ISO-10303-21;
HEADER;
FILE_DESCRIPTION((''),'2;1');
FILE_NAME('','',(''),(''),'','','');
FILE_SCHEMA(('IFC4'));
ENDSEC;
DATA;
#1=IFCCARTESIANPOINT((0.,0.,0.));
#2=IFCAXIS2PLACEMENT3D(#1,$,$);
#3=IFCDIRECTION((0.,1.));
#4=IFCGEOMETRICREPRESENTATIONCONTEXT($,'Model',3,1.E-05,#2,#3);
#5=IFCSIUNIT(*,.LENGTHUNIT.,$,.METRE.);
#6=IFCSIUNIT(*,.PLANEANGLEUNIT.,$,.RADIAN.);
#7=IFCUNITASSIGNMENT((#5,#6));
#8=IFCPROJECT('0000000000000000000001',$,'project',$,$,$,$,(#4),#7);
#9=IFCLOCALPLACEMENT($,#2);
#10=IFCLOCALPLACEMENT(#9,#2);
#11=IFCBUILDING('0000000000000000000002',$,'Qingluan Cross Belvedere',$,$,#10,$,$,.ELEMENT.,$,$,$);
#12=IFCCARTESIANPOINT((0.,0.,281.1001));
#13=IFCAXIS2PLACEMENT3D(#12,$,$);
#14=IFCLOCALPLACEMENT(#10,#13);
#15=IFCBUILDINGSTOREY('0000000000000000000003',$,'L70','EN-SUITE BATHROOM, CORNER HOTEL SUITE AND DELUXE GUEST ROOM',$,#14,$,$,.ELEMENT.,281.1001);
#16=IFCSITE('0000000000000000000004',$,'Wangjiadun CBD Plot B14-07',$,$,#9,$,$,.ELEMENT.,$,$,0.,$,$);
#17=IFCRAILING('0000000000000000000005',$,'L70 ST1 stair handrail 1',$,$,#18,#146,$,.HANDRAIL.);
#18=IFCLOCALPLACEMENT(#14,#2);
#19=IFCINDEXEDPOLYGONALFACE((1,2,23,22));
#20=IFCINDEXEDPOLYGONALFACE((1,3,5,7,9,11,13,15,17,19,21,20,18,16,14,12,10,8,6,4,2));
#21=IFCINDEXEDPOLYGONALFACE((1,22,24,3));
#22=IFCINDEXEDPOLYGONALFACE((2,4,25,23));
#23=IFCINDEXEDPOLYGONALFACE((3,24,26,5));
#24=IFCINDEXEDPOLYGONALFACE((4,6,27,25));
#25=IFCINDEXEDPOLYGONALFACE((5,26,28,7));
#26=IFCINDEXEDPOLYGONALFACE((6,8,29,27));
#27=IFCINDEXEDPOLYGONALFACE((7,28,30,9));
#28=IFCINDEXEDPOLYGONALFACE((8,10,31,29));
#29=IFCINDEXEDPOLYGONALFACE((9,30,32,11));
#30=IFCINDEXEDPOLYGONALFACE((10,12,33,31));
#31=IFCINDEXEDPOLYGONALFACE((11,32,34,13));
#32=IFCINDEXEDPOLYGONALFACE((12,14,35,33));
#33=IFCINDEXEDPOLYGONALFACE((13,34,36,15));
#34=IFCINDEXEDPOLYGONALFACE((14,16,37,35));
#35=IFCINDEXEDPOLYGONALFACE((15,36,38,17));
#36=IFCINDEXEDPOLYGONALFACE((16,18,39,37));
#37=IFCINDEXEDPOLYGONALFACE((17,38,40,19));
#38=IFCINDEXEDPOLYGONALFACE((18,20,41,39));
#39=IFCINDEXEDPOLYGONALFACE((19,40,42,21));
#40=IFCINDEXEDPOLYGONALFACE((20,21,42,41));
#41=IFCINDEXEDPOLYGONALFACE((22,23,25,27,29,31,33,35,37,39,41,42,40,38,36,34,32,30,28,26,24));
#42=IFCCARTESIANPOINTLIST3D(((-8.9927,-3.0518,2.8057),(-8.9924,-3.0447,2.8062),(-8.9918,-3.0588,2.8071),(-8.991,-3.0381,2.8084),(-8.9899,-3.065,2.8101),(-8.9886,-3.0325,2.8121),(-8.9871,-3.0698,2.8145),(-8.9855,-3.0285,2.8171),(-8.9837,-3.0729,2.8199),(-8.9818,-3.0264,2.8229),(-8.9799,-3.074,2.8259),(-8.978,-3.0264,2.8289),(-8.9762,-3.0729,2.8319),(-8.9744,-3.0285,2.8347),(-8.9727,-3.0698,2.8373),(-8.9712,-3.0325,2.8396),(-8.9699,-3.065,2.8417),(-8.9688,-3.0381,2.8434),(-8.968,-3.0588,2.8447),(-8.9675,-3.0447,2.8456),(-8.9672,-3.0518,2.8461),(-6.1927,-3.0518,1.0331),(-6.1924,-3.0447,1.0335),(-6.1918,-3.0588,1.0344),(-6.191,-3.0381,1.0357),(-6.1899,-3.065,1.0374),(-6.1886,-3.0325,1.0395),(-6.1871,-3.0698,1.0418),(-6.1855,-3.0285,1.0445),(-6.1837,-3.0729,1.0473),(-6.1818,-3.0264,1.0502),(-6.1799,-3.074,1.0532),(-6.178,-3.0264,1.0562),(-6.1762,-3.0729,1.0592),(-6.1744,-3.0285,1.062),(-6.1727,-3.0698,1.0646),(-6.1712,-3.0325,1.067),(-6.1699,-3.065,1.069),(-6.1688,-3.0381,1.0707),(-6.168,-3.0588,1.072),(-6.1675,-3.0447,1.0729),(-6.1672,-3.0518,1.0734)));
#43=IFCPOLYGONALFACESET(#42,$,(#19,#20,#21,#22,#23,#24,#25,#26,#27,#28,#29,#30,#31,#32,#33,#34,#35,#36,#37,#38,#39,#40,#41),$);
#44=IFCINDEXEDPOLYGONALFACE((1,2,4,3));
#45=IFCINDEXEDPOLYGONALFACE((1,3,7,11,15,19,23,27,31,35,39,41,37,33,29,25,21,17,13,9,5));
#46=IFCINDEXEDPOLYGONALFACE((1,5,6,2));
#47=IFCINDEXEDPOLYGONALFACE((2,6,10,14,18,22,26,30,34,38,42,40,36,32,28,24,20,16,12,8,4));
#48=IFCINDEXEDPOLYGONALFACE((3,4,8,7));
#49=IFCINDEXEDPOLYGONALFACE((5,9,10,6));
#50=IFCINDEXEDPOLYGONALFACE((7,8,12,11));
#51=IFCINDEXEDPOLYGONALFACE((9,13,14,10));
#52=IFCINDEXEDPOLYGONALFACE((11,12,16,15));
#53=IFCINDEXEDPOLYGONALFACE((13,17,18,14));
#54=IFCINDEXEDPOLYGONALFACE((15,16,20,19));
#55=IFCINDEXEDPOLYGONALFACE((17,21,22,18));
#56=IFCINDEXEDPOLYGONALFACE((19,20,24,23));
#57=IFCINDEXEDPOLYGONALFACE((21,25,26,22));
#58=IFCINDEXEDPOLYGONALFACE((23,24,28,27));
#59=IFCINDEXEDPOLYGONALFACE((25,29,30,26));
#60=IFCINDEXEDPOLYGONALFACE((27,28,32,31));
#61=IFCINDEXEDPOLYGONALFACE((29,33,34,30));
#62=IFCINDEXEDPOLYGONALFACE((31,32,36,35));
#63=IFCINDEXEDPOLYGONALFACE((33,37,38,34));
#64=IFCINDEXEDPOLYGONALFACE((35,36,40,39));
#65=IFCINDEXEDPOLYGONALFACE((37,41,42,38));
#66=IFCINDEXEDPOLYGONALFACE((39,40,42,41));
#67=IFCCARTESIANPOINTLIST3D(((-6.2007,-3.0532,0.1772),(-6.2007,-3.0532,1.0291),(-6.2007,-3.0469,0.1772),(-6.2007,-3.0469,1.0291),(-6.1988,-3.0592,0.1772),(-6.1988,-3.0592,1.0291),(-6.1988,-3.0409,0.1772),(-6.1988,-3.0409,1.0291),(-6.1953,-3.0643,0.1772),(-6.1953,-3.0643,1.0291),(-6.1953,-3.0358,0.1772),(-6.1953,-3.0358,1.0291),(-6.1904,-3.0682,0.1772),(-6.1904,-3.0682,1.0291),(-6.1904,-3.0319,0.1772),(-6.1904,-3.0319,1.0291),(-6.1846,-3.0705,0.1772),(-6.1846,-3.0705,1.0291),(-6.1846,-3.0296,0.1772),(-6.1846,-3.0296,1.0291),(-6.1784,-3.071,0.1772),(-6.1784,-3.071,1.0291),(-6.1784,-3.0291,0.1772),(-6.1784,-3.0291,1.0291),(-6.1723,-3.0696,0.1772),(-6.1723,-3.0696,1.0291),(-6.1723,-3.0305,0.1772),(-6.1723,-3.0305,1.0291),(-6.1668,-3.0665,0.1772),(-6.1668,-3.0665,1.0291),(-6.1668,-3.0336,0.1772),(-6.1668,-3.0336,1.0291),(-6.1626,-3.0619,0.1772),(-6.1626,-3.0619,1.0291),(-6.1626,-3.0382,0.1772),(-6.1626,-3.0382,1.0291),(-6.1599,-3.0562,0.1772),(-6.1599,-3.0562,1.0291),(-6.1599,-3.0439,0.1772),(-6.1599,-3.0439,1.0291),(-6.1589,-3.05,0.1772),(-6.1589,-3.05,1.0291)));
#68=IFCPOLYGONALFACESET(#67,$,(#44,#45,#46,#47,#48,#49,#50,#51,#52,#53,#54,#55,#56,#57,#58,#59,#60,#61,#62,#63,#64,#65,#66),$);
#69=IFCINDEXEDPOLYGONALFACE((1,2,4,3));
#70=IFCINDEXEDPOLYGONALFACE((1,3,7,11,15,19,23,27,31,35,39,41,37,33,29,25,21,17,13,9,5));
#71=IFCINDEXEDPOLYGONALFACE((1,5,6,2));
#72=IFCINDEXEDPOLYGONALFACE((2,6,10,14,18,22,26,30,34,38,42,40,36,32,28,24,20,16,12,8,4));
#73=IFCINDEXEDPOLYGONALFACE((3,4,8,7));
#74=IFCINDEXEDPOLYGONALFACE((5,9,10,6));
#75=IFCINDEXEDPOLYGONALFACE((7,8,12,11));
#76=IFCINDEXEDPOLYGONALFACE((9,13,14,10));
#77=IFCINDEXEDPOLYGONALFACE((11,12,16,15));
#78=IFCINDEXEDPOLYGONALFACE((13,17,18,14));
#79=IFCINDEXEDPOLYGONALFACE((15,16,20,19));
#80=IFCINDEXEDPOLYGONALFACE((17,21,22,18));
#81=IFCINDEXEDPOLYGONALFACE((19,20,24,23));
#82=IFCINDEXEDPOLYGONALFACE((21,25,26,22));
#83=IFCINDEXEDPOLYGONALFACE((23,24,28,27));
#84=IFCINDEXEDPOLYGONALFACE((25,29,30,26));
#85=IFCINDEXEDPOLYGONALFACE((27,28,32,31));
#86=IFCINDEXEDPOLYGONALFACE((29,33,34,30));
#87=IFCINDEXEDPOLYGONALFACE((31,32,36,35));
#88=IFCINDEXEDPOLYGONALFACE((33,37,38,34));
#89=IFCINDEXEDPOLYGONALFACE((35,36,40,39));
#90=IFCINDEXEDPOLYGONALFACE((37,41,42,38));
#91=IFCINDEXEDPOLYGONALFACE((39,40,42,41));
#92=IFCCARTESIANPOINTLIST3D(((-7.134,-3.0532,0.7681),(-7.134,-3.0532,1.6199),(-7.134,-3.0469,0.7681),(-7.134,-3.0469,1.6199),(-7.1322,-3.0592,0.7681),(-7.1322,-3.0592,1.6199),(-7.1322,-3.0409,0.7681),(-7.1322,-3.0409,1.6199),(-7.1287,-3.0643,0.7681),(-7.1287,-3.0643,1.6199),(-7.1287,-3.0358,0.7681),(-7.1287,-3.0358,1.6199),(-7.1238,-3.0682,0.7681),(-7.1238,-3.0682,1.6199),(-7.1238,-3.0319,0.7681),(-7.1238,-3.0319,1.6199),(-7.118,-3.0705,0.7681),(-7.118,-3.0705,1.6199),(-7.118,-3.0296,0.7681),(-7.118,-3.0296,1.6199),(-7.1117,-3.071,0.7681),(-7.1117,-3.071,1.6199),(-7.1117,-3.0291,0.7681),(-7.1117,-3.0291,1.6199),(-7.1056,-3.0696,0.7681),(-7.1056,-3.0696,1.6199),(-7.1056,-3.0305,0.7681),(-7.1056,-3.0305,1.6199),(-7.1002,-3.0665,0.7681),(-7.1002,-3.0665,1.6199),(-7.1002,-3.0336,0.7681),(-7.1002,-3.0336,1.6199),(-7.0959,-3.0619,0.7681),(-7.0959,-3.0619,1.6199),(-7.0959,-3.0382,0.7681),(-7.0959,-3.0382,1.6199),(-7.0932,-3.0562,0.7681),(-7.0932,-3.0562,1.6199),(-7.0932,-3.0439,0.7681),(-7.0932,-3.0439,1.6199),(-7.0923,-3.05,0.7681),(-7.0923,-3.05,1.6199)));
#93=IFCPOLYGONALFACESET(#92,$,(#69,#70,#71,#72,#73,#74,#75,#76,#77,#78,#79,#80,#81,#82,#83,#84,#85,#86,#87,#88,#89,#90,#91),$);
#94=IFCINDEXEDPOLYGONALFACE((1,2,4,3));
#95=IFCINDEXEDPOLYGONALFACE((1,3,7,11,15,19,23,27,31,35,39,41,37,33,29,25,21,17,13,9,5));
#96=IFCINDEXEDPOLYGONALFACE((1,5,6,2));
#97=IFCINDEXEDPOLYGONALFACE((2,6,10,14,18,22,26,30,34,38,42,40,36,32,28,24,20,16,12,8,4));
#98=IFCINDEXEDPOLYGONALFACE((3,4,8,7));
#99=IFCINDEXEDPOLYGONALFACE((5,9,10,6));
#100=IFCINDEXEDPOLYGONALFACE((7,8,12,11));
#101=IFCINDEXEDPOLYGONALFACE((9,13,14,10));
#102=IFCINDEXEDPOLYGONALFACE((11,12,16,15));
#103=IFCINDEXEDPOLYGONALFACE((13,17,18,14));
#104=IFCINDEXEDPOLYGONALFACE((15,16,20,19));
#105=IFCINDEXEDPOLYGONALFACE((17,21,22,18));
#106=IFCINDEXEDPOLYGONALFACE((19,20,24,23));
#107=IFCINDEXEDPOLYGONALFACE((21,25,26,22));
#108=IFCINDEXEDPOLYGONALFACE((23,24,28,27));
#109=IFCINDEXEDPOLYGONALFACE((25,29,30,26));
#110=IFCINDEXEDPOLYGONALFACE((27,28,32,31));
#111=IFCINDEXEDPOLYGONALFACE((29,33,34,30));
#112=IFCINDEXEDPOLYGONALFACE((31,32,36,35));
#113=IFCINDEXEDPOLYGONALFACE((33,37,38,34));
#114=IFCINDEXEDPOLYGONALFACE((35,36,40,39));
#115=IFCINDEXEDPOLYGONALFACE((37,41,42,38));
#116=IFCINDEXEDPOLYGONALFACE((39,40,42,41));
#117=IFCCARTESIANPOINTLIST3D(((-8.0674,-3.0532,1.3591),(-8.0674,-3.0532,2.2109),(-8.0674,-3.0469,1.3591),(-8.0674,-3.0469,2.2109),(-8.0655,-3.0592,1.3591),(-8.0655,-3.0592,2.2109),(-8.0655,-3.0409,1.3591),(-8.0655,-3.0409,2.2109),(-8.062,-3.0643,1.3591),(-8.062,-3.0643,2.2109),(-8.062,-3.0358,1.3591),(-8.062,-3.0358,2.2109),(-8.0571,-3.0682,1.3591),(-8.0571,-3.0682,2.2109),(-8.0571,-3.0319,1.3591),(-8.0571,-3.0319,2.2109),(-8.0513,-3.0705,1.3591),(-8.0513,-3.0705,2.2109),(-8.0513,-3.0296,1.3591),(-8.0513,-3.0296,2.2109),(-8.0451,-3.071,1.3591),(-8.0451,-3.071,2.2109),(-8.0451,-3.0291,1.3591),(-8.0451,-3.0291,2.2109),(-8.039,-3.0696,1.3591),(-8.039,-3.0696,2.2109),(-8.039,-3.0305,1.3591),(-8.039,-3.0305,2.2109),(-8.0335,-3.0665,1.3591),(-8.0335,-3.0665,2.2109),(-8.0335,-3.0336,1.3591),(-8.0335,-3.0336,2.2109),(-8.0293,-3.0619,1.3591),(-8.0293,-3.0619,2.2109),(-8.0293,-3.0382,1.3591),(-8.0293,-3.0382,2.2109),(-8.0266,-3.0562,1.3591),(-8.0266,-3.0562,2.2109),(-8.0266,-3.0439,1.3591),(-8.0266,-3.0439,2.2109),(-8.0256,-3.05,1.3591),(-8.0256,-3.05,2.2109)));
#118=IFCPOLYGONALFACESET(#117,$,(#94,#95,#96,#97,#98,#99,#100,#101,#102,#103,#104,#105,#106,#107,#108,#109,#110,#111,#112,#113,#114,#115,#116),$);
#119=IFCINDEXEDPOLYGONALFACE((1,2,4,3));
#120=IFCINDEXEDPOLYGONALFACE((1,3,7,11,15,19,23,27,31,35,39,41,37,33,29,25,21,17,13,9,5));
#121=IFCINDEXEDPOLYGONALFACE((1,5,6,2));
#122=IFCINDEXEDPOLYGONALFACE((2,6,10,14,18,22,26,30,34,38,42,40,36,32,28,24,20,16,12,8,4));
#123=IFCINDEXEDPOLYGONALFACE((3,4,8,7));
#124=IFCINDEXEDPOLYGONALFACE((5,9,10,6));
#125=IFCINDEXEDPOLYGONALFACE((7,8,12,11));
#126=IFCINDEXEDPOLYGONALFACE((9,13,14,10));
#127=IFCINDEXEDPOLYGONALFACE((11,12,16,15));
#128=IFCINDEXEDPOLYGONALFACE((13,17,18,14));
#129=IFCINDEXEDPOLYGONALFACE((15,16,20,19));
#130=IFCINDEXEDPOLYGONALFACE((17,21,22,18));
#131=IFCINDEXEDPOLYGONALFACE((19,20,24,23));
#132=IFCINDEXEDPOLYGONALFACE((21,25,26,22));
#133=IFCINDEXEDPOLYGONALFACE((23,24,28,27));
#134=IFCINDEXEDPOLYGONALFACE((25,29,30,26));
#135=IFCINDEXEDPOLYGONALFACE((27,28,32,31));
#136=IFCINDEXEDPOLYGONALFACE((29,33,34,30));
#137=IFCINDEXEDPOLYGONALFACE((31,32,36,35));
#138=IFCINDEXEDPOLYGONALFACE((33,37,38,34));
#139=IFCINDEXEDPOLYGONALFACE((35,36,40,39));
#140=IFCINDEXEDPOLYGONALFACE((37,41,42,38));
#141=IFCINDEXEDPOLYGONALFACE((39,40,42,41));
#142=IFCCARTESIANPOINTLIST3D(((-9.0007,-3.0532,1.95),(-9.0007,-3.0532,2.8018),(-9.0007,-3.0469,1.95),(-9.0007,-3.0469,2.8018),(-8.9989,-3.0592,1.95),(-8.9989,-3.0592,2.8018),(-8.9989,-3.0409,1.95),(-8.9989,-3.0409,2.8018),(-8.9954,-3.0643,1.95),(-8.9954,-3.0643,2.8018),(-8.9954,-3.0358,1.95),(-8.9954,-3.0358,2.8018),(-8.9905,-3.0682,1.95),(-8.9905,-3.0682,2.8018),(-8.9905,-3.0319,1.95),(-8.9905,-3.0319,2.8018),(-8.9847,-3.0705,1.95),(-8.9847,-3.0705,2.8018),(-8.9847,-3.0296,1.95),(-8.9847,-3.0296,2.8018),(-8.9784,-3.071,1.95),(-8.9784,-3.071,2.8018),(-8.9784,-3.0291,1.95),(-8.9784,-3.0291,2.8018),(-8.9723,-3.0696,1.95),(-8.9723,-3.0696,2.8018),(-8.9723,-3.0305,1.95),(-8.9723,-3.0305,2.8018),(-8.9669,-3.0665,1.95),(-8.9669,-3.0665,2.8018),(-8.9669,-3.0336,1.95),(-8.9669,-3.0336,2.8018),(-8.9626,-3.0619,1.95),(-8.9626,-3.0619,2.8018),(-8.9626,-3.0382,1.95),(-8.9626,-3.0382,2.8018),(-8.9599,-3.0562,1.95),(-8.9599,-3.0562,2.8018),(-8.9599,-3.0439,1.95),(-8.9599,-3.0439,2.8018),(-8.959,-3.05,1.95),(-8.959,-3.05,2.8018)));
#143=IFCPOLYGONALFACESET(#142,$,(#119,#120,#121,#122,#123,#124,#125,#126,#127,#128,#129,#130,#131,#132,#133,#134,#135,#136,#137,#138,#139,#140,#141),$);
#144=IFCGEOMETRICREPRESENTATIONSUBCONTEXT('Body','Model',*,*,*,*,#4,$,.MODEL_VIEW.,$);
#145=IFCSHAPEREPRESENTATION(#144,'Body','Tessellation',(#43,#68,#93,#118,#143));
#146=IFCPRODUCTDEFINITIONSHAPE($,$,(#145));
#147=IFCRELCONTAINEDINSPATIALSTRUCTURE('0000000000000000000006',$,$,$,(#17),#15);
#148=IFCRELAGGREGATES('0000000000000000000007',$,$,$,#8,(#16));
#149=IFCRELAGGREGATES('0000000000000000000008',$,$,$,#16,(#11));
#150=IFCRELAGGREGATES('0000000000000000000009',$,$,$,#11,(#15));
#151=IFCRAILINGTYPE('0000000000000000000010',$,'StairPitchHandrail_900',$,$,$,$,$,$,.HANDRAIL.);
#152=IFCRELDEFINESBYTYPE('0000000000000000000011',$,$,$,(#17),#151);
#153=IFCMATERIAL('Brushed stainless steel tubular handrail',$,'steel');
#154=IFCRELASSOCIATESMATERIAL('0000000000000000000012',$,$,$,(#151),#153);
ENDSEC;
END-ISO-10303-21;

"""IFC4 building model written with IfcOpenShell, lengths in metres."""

from ifc_helpers import new_model, si_unit, direction, frame, origin, origin_2d, place, context, subcontext, project, spatial, circle, extrude, material, type_object, element, save


model = new_model("IFC4")

# Units and contexts
model_context = context("Model", 3, precision=1e-05, world=origin(), true_north=direction((0.0, 1.0)))
body_context = subcontext(model_context, "Body", "Model", "MODEL_VIEW")
ifc_project = project(units=[si_unit("LENGTHUNIT", "METRE"), si_unit("PLANEANGLEUNIT", "RADIAN")], contexts=[model_context])

# Site, building, storey
site_placement = place(None, origin())
site = spatial("IfcSite", under=ifc_project, at=site_placement, Name="Wangjiadun CBD Plot B14-07", CompositionType="ELEMENT", RefElevation=0.0)
building_placement = place(site_placement, origin())
building = spatial("IfcBuilding", under=site, at=building_placement, Name="Qingluan Cross Belvedere", CompositionType="ELEMENT")
storey_placement = place(building_placement, frame((0.0, 0.0, 281.1001)))
storey = spatial("IfcBuildingStorey", under=building, at=storey_placement, Name="L70", Description="EN-SUITE BATHROOM, CORNER HOTEL SUITE AND DELUXE GUEST ROOM", CompositionType="ELEMENT", Elevation=281.1001)

# Railing
ifc_material_1 = material(Name="Brushed stainless steel tubular handrail", Category="steel")
railing_type_1 = type_object("IfcRailingType", Name="StairPitchHandrail_900", PredefinedType="HANDRAIL", material=ifc_material_1)
railing_1_placement = place(storey_placement, frame((-6.1799, -3.05, 0.1772)))
element("IfcRailing", 1, at=railing_1_placement, inside=storey, type_object=railing_type_1, Name="L70 ST1 stair handrail 1", PredefinedType="HANDRAIL", context=body_context, shape_type="SweptSolid", body=[
    extrude(circle(Radius=0.0239, at=origin_2d()), frame((0.0, 0.0, 0.876), z_axis=(-0.844909, 0.0, 0.53491), x_axis=(0.0, -1.0, 0.0)), (0.0, 0.0, 1.0), 3.314),
    extrude(circle(Radius=0.021, at=origin_2d()), origin(), (0.0, 0.0, 1.0), 0.8518),
    extrude(circle(Radius=0.021, at=origin_2d()), frame((-0.9333, 0.0, 0.5908)), (0.0, 0.0, 1.0), 0.8518),
    extrude(circle(Radius=0.021, at=origin_2d()), frame((-1.8667, 0.0, 1.1819)), (0.0, 0.0, 1.0), 0.8518),
    extrude(circle(Radius=0.021, at=origin_2d()), frame((-2.8, 0.0, 1.7727)), (0.0, 0.0, 1.0), 0.8518),
])

save(model, "model.ifc")
